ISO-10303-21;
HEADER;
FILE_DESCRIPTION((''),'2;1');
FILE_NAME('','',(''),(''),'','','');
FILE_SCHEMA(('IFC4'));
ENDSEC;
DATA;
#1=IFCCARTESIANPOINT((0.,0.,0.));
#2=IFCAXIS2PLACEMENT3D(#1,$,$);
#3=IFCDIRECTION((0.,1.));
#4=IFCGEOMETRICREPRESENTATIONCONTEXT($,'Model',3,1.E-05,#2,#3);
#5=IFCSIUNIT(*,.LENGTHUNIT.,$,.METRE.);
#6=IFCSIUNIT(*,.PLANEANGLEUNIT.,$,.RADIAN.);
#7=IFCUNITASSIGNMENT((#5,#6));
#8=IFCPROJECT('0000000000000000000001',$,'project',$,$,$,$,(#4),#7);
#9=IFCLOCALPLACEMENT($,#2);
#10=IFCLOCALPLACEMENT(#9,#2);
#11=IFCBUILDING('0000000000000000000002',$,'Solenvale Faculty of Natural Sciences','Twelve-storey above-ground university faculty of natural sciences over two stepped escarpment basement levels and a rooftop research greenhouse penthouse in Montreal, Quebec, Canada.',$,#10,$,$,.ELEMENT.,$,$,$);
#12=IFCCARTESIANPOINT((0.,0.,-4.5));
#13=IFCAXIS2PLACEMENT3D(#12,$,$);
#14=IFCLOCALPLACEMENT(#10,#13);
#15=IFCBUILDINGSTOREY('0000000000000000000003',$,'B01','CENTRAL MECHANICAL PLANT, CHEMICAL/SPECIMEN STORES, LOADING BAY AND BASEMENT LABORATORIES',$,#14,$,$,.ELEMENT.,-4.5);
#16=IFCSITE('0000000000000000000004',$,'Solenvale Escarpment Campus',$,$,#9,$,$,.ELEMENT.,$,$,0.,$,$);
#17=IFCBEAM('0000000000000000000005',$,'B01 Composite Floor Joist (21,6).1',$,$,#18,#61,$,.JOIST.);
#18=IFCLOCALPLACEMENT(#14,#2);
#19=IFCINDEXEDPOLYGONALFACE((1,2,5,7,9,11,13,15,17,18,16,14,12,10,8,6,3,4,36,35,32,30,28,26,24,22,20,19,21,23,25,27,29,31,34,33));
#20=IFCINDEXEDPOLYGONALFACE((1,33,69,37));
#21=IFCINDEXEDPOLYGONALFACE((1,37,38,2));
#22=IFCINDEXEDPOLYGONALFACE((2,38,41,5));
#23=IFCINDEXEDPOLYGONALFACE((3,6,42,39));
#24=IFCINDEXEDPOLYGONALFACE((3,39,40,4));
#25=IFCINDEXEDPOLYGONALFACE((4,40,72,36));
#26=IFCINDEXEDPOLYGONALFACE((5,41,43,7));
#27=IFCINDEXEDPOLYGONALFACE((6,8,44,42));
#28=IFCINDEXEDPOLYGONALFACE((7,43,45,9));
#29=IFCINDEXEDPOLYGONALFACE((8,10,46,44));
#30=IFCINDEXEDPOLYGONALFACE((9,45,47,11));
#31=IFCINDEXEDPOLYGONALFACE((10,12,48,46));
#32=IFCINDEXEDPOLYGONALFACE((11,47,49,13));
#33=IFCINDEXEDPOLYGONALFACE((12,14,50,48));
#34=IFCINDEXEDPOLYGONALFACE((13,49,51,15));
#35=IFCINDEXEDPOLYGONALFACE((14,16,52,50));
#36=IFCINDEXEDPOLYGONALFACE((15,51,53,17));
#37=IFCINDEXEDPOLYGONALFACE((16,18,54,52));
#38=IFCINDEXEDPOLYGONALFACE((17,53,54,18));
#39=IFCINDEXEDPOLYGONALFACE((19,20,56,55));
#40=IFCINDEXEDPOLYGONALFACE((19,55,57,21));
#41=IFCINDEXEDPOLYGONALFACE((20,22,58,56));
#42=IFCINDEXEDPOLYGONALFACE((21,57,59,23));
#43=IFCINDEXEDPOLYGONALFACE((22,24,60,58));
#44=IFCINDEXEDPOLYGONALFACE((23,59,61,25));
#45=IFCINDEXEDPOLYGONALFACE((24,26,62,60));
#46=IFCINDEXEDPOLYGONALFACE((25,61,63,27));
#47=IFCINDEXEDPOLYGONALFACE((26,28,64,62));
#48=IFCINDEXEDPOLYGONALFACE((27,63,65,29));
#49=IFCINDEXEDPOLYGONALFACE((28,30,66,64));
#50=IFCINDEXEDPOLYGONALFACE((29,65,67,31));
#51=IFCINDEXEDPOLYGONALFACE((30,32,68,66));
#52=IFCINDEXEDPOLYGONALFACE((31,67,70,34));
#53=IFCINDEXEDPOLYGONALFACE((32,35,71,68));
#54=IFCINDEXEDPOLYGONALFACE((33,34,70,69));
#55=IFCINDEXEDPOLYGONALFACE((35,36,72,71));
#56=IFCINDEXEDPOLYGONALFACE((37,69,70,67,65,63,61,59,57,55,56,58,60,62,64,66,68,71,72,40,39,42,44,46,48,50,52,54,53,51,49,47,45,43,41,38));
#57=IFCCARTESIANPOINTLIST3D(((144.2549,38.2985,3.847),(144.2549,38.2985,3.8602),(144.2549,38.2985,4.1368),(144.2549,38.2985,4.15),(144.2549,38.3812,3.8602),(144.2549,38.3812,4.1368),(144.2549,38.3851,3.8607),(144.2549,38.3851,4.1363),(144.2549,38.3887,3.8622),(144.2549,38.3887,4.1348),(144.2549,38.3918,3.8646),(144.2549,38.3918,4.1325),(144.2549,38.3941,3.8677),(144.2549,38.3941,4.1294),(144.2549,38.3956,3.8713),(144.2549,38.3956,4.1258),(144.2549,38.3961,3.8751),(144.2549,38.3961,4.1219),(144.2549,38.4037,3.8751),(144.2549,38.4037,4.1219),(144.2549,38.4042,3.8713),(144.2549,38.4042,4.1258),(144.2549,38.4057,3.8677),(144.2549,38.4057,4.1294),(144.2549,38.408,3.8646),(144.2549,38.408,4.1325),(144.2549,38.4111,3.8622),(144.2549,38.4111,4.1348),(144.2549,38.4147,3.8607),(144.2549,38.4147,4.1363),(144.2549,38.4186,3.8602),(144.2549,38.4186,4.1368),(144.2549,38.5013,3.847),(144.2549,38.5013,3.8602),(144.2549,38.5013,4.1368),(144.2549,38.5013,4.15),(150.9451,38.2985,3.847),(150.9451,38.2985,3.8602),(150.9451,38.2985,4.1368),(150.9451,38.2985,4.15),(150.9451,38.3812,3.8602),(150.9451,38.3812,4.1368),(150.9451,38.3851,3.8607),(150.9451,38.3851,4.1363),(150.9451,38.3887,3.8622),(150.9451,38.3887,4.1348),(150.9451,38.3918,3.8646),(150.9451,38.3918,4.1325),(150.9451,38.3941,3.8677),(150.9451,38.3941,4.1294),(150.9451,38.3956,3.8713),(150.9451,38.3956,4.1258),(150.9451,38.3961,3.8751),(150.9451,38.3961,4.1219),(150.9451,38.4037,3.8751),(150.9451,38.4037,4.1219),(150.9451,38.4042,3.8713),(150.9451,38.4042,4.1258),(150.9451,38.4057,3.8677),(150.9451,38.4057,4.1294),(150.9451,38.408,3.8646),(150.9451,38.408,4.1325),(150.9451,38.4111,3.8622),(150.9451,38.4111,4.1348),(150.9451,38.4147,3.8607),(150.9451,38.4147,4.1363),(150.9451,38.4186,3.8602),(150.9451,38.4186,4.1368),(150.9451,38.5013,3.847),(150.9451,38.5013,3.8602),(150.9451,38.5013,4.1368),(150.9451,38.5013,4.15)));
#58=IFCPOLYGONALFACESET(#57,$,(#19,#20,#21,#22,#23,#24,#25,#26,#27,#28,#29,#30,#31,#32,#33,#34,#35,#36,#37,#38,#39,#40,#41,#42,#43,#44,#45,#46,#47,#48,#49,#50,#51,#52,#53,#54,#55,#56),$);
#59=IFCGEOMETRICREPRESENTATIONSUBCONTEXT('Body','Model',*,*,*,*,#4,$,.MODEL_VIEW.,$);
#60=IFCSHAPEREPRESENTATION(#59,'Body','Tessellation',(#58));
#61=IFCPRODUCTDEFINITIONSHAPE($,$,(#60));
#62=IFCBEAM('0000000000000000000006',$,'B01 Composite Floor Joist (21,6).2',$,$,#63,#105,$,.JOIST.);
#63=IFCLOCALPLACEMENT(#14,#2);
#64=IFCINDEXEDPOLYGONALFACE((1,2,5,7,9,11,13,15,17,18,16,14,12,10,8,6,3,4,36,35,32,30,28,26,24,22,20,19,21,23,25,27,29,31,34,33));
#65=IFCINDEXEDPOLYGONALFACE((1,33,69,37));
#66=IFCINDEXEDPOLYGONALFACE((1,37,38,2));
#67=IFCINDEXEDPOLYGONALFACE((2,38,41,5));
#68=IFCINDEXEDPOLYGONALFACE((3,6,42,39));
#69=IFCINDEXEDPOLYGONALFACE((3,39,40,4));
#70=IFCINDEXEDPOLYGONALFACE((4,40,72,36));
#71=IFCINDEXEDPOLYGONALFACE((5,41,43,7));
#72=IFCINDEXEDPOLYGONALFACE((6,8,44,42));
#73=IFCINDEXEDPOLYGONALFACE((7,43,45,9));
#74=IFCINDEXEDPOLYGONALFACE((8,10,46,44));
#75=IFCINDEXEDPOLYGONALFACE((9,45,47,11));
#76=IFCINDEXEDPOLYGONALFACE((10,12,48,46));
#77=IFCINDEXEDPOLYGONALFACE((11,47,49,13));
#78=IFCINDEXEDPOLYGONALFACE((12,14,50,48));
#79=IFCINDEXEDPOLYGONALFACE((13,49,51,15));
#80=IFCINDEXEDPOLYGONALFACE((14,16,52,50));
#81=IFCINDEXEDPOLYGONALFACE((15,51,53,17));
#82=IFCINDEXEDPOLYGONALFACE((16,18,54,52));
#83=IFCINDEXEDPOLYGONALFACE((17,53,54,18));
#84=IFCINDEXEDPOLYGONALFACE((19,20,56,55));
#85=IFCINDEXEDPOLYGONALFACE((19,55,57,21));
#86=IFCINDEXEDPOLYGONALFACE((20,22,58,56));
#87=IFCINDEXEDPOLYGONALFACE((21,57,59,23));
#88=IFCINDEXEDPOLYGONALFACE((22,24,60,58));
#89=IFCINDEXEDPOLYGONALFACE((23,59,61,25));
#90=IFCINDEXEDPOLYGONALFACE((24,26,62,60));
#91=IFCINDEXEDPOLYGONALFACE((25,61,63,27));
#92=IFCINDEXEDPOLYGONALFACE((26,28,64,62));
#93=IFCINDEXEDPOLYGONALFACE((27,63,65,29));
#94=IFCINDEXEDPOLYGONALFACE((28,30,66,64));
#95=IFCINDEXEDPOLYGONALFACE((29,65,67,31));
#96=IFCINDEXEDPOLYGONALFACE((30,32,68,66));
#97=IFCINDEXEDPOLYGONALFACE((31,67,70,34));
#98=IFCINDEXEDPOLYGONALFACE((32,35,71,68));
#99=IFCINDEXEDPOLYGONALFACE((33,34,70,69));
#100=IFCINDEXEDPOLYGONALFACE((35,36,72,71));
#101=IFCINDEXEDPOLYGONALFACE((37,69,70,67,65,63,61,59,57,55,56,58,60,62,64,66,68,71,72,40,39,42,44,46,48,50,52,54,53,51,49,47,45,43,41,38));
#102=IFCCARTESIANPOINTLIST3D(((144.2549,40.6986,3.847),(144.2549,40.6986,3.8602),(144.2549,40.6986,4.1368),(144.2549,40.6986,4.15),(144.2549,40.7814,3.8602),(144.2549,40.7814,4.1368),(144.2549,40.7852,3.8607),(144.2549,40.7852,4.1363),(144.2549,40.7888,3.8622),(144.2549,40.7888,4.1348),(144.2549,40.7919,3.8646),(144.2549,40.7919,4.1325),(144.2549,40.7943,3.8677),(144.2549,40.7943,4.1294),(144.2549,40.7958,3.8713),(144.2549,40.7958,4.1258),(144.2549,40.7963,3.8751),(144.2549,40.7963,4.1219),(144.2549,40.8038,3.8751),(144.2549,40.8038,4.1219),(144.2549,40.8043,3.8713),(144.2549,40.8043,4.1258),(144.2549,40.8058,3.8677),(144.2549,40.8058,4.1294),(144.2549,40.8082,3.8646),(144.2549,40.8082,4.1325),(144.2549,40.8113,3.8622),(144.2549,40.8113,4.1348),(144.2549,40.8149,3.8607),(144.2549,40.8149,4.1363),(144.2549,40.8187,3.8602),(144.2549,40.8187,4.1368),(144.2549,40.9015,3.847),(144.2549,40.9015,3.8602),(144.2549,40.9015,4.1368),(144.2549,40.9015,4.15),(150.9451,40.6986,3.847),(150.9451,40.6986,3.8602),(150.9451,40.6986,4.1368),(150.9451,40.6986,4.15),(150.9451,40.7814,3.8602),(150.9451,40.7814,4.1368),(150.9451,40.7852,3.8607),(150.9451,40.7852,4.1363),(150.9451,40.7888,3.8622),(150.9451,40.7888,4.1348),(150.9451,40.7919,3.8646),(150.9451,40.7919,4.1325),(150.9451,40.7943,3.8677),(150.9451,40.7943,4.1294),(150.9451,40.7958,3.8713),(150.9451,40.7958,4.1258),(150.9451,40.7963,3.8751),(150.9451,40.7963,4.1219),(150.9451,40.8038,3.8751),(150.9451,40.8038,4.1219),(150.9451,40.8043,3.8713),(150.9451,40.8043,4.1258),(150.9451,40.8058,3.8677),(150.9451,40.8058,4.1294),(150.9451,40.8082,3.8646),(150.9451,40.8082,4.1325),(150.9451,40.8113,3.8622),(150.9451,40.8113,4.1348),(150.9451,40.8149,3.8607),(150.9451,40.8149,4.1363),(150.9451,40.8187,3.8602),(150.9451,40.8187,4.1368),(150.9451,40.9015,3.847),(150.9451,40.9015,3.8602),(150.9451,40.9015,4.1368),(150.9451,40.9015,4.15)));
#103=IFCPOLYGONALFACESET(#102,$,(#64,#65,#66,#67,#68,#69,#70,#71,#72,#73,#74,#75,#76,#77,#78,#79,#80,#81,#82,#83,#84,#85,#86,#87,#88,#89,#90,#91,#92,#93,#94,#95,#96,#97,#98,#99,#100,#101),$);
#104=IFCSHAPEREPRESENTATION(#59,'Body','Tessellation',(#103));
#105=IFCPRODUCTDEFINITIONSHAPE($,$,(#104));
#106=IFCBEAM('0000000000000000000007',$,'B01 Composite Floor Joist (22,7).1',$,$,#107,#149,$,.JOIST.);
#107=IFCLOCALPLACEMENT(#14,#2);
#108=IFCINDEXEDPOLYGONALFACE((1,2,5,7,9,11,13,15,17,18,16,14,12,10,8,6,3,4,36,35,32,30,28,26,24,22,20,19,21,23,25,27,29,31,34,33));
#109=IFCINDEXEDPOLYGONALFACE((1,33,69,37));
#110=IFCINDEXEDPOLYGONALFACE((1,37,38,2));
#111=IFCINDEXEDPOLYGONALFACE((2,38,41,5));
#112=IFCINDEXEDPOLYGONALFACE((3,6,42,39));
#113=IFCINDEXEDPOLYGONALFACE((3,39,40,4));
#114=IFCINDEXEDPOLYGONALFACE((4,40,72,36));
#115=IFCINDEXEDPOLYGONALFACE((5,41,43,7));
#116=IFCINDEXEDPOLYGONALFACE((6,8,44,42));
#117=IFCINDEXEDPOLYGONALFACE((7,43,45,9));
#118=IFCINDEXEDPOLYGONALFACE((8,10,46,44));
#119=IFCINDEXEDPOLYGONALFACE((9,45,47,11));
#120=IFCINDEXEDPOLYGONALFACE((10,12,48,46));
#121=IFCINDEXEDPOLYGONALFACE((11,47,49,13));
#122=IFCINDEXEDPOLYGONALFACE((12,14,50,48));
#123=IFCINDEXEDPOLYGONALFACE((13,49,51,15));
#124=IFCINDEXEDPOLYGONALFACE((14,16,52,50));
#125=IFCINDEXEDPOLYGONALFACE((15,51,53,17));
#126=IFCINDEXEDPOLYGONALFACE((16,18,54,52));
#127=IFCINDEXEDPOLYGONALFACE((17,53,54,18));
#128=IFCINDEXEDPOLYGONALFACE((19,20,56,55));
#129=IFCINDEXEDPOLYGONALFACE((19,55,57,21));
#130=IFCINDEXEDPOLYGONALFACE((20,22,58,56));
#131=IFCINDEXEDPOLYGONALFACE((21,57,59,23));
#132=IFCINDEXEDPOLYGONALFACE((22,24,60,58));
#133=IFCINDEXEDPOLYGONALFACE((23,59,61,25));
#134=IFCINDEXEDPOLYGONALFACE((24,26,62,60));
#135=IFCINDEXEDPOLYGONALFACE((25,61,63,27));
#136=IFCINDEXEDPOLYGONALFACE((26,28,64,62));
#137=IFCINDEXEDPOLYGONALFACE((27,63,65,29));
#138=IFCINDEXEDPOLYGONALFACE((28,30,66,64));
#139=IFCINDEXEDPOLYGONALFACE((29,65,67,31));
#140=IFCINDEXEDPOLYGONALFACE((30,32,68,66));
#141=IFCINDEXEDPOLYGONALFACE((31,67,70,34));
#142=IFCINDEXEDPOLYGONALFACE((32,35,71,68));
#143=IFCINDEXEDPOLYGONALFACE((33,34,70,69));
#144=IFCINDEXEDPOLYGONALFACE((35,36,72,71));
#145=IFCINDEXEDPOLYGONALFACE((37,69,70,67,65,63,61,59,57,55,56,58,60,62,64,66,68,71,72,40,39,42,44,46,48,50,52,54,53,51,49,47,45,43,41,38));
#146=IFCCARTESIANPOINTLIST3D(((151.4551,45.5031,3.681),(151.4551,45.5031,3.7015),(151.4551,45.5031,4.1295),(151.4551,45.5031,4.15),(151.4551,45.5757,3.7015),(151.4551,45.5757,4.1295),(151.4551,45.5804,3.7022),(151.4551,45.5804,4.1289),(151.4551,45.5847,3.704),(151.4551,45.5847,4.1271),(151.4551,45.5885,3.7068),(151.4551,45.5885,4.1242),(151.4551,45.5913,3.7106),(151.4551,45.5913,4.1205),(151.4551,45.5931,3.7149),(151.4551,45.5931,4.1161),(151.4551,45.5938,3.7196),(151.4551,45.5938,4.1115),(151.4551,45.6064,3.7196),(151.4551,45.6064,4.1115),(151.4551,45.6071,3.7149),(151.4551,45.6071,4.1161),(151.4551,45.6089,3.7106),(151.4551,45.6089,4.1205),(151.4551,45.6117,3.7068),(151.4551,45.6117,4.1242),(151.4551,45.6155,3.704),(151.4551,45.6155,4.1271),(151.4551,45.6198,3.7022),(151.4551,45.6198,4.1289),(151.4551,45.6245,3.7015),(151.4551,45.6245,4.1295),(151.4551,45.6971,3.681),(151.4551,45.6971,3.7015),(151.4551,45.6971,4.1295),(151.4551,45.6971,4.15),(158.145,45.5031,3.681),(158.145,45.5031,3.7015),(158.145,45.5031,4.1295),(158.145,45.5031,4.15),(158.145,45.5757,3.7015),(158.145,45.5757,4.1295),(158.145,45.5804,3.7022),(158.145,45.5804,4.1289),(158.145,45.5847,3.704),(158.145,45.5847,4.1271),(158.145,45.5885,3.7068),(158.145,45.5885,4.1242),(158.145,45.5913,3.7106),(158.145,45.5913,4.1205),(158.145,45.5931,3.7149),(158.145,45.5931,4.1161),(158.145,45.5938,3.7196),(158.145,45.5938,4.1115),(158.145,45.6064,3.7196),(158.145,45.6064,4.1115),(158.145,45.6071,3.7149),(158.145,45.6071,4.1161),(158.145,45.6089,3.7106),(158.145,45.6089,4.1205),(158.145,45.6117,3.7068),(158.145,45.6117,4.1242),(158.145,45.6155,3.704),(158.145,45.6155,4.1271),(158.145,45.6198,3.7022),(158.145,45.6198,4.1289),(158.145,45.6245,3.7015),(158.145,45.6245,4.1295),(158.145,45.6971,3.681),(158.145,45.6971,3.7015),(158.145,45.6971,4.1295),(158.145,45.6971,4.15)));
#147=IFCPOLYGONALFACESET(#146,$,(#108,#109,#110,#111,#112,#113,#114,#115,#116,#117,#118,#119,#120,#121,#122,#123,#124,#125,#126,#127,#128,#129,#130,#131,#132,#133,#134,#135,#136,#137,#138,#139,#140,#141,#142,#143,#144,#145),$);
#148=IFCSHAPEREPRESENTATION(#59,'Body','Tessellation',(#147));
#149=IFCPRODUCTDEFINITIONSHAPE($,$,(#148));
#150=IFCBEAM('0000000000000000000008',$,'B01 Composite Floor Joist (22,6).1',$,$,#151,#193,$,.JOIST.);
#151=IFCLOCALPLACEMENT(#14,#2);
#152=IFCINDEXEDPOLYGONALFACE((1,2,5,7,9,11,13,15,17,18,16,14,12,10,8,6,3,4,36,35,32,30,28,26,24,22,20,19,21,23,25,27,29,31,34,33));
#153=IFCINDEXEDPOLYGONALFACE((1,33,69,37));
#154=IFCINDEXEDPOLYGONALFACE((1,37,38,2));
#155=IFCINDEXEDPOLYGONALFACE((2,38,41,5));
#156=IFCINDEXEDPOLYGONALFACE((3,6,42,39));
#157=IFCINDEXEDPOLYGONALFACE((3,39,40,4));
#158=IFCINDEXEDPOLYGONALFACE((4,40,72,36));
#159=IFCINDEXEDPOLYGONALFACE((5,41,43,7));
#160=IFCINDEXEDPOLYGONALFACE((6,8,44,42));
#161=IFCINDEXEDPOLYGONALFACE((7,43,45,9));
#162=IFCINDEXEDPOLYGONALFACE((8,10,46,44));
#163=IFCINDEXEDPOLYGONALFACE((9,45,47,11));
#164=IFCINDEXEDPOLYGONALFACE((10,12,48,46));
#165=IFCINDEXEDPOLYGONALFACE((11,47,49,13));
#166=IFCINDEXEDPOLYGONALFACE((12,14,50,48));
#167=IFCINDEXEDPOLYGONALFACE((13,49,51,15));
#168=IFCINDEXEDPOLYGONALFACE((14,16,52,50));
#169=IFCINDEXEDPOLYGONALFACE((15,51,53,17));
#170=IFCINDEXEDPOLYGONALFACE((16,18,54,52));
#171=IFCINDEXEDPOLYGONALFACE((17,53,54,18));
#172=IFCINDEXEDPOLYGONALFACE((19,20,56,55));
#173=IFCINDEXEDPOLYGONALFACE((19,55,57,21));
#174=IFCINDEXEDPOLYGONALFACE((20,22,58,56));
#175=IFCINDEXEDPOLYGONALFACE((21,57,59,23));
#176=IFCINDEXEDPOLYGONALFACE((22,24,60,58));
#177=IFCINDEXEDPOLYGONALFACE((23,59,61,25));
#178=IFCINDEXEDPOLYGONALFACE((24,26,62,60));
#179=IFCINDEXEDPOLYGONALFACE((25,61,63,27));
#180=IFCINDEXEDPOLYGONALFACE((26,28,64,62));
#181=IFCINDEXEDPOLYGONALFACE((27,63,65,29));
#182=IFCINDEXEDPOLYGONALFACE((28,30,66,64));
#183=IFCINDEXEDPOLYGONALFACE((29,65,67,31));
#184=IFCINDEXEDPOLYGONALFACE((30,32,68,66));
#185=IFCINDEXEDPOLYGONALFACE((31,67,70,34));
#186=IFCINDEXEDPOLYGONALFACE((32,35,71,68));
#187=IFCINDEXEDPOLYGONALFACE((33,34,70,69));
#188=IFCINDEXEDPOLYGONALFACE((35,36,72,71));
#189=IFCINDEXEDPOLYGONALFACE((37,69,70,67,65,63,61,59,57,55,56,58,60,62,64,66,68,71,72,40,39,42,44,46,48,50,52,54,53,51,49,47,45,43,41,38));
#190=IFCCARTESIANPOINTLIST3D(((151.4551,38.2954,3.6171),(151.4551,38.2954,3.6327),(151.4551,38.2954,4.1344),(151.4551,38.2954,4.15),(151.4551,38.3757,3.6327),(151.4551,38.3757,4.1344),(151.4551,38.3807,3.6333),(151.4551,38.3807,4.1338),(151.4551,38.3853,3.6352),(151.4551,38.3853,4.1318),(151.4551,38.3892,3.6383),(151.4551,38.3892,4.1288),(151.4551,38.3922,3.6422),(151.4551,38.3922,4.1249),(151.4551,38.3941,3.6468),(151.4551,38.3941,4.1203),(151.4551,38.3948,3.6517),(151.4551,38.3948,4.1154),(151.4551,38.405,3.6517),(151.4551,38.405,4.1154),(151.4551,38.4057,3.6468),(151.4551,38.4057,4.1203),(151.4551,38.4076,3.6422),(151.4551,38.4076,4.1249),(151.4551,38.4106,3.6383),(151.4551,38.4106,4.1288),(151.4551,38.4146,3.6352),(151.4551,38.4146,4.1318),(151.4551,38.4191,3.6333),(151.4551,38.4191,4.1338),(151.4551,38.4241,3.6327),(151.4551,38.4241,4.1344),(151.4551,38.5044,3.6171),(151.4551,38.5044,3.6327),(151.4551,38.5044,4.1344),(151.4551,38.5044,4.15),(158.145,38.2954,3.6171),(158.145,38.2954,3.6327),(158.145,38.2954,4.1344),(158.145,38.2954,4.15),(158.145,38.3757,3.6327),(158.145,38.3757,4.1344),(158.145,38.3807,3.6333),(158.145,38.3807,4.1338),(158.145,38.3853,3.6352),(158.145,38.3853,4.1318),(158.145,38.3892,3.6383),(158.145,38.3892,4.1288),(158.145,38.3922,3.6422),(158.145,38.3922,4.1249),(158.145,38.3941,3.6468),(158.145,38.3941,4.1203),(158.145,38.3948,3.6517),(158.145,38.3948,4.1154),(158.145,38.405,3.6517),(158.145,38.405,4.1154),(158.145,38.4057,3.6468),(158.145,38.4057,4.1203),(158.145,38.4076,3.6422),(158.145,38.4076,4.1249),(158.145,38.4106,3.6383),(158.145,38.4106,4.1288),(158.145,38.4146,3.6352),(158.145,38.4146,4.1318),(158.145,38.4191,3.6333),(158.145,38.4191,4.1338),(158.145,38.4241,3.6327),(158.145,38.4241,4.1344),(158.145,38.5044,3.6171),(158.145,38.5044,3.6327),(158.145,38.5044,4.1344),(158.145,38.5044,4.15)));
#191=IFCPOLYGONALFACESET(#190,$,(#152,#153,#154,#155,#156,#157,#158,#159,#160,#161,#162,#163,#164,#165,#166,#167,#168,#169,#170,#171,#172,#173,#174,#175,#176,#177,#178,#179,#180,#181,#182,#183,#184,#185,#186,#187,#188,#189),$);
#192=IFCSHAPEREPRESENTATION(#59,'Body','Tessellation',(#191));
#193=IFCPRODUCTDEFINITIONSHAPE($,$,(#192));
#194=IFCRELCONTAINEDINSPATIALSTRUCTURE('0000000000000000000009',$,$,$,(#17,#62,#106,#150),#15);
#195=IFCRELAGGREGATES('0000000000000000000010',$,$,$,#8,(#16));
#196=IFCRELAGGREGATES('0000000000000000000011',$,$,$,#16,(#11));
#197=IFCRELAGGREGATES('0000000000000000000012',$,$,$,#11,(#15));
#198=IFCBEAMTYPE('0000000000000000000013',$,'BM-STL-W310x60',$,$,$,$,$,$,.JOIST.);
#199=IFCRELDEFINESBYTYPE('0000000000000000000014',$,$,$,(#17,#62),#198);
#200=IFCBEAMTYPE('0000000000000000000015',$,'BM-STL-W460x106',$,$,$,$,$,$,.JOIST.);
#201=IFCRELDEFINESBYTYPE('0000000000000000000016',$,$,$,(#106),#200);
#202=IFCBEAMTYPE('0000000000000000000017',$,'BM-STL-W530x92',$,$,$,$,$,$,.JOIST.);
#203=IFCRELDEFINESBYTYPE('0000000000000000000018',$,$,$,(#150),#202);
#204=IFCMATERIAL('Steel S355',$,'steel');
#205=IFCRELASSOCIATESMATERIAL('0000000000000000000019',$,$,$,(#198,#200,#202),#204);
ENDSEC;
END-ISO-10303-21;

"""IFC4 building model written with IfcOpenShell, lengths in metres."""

from ifc_helpers import new_model, si_unit, direction, frame, origin, origin_2d, place, context, subcontext, project, spatial, i_section, extrude, material, material_profile, profile_set, type_object, element, save


model = new_model("IFC4")

# Units and contexts
model_context = context("Model", 3, precision=1e-05, world=origin(), true_north=direction((0.0, 1.0)))
body_context = subcontext(model_context, "Body", "Model", "MODEL_VIEW")
ifc_project = project(units=[si_unit("LENGTHUNIT", "METRE"), si_unit("PLANEANGLEUNIT", "RADIAN")], contexts=[model_context])

# Site, building, storey
site_placement = place(None, origin())
site = spatial("IfcSite", under=ifc_project, at=site_placement, Name="Solenvale Escarpment Campus", CompositionType="ELEMENT", RefElevation=0.0)
building_placement = place(site_placement, origin())
building = spatial("IfcBuilding", under=site, at=building_placement, Name="Solenvale Faculty of Natural Sciences", Description="Twelve-storey above-ground university faculty of natural sciences over two stepped escarpment basement levels and a rooftop research greenhouse penthouse in Montreal, Quebec, Canada.", CompositionType="ELEMENT")
storey_placement = place(building_placement, frame((0.0, 0.0, -4.5)))
storey = spatial("IfcBuildingStorey", under=building, at=storey_placement, Name="B01", Description="CENTRAL MECHANICAL PLANT, CHEMICAL/SPECIMEN STORES, LOADING BAY AND BASEMENT LABORATORIES", CompositionType="ELEMENT", Elevation=-4.5)

# Beams
ifc_material_1 = material(Name="Steel S355", Category="steel")
ifc_material_profile_1 = material_profile(ifc_material_1, i_section(OverallWidth=0.2029, OverallDepth=0.303, WebThickness=0.0076, FlangeThickness=0.0132, FilletRadius=0.0149, at=origin_2d()), Name="W310x60")
ifc_profile_set_1 = profile_set([ifc_material_profile_1], Name="Steel S355")
beam_type_1 = type_object("IfcBeamType", Name="BM-STL-W310x60", PredefinedType="JOIST", material=ifc_profile_set_1)
for number, where, z_axis, x_axis, name in (
    (1, (144.2549, 38.3999, 3.9985), (1.0, 0.0, 0.0), (0.0, 1.0, 0.0), "B01 Composite Floor Joist (21,6).1"),
    (2, (144.2549, 40.8, 3.9985), (1.0, 0.0, 0.0), (0.0, 1.0, 0.0), "B01 Composite Floor Joist (21,6).2"),
):
    element("IfcBeam", number, at=place(storey_placement, frame(where, z_axis=z_axis, x_axis=x_axis)), inside=storey, type_object=beam_type_1, Name=name, PredefinedType="JOIST", context=body_context, shape_type="SweptSolid", body=[
        extrude(i_section(OverallWidth=0.2029, OverallDepth=0.303, WebThickness=0.0076, FlangeThickness=0.0132, FilletRadius=0.0149, at=origin_2d()), origin(), (0.0, 0.0, 1.0), 6.6902),
    ])
ifc_material_profile_2 = material_profile(ifc_material_1, i_section(OverallWidth=0.1941, OverallDepth=0.469, WebThickness=0.0127, FlangeThickness=0.0205, FilletRadius=0.0181, at=origin_2d()), Name="W460x106")
ifc_profile_set_2 = profile_set([ifc_material_profile_2], Name="Steel S355")
beam_type_2 = type_object("IfcBeamType", Name="BM-STL-W460x106", PredefinedType="JOIST", material=ifc_profile_set_2)
beam_placement = place(storey_placement, frame((151.4551, 45.6001, 3.9155), z_axis=(1.0, 0.0, 0.0), x_axis=(0.0, 1.0, 0.0)))
element("IfcBeam", 3, at=beam_placement, inside=storey, type_object=beam_type_2, Name="B01 Composite Floor Joist (22,7).1", PredefinedType="JOIST", context=body_context, shape_type="SweptSolid", body=[
    extrude(i_section(OverallWidth=0.1941, OverallDepth=0.469, WebThickness=0.0127, FlangeThickness=0.0205, FilletRadius=0.0181, at=origin_2d()), origin(), (0.0, 0.0, 1.0), 6.6899),
])
ifc_material_profile_3 = material_profile(ifc_material_1, i_section(OverallWidth=0.209, OverallDepth=0.533, WebThickness=0.0103, FlangeThickness=0.0156, FilletRadius=0.019, at=origin_2d()), Name="W530x92")
ifc_profile_set_3 = profile_set([ifc_material_profile_3], Name="Steel S355")
beam_type_3 = type_object("IfcBeamType", Name="BM-STL-W530x92", PredefinedType="JOIST", material=ifc_profile_set_3)
for number, where, z_axis, x_axis, name in (
    (4, (151.4551, 38.3999, 3.8835), (1.0, 0.0, 0.0), (0.0, 1.0, 0.0), "B01 Composite Floor Joist (22,6).1"),
):
    element("IfcBeam", number, at=place(storey_placement, frame(where, z_axis=z_axis, x_axis=x_axis)), inside=storey, type_object=beam_type_3, Name=name, PredefinedType="JOIST", context=body_context, shape_type="SweptSolid", body=[
        extrude(i_section(OverallWidth=0.209, OverallDepth=0.533, WebThickness=0.0103, FlangeThickness=0.0156, FilletRadius=0.019, at=origin_2d()), origin(), (0.0, 0.0, 1.0), 6.6899),
    ])

save(model, "model.ifc")
